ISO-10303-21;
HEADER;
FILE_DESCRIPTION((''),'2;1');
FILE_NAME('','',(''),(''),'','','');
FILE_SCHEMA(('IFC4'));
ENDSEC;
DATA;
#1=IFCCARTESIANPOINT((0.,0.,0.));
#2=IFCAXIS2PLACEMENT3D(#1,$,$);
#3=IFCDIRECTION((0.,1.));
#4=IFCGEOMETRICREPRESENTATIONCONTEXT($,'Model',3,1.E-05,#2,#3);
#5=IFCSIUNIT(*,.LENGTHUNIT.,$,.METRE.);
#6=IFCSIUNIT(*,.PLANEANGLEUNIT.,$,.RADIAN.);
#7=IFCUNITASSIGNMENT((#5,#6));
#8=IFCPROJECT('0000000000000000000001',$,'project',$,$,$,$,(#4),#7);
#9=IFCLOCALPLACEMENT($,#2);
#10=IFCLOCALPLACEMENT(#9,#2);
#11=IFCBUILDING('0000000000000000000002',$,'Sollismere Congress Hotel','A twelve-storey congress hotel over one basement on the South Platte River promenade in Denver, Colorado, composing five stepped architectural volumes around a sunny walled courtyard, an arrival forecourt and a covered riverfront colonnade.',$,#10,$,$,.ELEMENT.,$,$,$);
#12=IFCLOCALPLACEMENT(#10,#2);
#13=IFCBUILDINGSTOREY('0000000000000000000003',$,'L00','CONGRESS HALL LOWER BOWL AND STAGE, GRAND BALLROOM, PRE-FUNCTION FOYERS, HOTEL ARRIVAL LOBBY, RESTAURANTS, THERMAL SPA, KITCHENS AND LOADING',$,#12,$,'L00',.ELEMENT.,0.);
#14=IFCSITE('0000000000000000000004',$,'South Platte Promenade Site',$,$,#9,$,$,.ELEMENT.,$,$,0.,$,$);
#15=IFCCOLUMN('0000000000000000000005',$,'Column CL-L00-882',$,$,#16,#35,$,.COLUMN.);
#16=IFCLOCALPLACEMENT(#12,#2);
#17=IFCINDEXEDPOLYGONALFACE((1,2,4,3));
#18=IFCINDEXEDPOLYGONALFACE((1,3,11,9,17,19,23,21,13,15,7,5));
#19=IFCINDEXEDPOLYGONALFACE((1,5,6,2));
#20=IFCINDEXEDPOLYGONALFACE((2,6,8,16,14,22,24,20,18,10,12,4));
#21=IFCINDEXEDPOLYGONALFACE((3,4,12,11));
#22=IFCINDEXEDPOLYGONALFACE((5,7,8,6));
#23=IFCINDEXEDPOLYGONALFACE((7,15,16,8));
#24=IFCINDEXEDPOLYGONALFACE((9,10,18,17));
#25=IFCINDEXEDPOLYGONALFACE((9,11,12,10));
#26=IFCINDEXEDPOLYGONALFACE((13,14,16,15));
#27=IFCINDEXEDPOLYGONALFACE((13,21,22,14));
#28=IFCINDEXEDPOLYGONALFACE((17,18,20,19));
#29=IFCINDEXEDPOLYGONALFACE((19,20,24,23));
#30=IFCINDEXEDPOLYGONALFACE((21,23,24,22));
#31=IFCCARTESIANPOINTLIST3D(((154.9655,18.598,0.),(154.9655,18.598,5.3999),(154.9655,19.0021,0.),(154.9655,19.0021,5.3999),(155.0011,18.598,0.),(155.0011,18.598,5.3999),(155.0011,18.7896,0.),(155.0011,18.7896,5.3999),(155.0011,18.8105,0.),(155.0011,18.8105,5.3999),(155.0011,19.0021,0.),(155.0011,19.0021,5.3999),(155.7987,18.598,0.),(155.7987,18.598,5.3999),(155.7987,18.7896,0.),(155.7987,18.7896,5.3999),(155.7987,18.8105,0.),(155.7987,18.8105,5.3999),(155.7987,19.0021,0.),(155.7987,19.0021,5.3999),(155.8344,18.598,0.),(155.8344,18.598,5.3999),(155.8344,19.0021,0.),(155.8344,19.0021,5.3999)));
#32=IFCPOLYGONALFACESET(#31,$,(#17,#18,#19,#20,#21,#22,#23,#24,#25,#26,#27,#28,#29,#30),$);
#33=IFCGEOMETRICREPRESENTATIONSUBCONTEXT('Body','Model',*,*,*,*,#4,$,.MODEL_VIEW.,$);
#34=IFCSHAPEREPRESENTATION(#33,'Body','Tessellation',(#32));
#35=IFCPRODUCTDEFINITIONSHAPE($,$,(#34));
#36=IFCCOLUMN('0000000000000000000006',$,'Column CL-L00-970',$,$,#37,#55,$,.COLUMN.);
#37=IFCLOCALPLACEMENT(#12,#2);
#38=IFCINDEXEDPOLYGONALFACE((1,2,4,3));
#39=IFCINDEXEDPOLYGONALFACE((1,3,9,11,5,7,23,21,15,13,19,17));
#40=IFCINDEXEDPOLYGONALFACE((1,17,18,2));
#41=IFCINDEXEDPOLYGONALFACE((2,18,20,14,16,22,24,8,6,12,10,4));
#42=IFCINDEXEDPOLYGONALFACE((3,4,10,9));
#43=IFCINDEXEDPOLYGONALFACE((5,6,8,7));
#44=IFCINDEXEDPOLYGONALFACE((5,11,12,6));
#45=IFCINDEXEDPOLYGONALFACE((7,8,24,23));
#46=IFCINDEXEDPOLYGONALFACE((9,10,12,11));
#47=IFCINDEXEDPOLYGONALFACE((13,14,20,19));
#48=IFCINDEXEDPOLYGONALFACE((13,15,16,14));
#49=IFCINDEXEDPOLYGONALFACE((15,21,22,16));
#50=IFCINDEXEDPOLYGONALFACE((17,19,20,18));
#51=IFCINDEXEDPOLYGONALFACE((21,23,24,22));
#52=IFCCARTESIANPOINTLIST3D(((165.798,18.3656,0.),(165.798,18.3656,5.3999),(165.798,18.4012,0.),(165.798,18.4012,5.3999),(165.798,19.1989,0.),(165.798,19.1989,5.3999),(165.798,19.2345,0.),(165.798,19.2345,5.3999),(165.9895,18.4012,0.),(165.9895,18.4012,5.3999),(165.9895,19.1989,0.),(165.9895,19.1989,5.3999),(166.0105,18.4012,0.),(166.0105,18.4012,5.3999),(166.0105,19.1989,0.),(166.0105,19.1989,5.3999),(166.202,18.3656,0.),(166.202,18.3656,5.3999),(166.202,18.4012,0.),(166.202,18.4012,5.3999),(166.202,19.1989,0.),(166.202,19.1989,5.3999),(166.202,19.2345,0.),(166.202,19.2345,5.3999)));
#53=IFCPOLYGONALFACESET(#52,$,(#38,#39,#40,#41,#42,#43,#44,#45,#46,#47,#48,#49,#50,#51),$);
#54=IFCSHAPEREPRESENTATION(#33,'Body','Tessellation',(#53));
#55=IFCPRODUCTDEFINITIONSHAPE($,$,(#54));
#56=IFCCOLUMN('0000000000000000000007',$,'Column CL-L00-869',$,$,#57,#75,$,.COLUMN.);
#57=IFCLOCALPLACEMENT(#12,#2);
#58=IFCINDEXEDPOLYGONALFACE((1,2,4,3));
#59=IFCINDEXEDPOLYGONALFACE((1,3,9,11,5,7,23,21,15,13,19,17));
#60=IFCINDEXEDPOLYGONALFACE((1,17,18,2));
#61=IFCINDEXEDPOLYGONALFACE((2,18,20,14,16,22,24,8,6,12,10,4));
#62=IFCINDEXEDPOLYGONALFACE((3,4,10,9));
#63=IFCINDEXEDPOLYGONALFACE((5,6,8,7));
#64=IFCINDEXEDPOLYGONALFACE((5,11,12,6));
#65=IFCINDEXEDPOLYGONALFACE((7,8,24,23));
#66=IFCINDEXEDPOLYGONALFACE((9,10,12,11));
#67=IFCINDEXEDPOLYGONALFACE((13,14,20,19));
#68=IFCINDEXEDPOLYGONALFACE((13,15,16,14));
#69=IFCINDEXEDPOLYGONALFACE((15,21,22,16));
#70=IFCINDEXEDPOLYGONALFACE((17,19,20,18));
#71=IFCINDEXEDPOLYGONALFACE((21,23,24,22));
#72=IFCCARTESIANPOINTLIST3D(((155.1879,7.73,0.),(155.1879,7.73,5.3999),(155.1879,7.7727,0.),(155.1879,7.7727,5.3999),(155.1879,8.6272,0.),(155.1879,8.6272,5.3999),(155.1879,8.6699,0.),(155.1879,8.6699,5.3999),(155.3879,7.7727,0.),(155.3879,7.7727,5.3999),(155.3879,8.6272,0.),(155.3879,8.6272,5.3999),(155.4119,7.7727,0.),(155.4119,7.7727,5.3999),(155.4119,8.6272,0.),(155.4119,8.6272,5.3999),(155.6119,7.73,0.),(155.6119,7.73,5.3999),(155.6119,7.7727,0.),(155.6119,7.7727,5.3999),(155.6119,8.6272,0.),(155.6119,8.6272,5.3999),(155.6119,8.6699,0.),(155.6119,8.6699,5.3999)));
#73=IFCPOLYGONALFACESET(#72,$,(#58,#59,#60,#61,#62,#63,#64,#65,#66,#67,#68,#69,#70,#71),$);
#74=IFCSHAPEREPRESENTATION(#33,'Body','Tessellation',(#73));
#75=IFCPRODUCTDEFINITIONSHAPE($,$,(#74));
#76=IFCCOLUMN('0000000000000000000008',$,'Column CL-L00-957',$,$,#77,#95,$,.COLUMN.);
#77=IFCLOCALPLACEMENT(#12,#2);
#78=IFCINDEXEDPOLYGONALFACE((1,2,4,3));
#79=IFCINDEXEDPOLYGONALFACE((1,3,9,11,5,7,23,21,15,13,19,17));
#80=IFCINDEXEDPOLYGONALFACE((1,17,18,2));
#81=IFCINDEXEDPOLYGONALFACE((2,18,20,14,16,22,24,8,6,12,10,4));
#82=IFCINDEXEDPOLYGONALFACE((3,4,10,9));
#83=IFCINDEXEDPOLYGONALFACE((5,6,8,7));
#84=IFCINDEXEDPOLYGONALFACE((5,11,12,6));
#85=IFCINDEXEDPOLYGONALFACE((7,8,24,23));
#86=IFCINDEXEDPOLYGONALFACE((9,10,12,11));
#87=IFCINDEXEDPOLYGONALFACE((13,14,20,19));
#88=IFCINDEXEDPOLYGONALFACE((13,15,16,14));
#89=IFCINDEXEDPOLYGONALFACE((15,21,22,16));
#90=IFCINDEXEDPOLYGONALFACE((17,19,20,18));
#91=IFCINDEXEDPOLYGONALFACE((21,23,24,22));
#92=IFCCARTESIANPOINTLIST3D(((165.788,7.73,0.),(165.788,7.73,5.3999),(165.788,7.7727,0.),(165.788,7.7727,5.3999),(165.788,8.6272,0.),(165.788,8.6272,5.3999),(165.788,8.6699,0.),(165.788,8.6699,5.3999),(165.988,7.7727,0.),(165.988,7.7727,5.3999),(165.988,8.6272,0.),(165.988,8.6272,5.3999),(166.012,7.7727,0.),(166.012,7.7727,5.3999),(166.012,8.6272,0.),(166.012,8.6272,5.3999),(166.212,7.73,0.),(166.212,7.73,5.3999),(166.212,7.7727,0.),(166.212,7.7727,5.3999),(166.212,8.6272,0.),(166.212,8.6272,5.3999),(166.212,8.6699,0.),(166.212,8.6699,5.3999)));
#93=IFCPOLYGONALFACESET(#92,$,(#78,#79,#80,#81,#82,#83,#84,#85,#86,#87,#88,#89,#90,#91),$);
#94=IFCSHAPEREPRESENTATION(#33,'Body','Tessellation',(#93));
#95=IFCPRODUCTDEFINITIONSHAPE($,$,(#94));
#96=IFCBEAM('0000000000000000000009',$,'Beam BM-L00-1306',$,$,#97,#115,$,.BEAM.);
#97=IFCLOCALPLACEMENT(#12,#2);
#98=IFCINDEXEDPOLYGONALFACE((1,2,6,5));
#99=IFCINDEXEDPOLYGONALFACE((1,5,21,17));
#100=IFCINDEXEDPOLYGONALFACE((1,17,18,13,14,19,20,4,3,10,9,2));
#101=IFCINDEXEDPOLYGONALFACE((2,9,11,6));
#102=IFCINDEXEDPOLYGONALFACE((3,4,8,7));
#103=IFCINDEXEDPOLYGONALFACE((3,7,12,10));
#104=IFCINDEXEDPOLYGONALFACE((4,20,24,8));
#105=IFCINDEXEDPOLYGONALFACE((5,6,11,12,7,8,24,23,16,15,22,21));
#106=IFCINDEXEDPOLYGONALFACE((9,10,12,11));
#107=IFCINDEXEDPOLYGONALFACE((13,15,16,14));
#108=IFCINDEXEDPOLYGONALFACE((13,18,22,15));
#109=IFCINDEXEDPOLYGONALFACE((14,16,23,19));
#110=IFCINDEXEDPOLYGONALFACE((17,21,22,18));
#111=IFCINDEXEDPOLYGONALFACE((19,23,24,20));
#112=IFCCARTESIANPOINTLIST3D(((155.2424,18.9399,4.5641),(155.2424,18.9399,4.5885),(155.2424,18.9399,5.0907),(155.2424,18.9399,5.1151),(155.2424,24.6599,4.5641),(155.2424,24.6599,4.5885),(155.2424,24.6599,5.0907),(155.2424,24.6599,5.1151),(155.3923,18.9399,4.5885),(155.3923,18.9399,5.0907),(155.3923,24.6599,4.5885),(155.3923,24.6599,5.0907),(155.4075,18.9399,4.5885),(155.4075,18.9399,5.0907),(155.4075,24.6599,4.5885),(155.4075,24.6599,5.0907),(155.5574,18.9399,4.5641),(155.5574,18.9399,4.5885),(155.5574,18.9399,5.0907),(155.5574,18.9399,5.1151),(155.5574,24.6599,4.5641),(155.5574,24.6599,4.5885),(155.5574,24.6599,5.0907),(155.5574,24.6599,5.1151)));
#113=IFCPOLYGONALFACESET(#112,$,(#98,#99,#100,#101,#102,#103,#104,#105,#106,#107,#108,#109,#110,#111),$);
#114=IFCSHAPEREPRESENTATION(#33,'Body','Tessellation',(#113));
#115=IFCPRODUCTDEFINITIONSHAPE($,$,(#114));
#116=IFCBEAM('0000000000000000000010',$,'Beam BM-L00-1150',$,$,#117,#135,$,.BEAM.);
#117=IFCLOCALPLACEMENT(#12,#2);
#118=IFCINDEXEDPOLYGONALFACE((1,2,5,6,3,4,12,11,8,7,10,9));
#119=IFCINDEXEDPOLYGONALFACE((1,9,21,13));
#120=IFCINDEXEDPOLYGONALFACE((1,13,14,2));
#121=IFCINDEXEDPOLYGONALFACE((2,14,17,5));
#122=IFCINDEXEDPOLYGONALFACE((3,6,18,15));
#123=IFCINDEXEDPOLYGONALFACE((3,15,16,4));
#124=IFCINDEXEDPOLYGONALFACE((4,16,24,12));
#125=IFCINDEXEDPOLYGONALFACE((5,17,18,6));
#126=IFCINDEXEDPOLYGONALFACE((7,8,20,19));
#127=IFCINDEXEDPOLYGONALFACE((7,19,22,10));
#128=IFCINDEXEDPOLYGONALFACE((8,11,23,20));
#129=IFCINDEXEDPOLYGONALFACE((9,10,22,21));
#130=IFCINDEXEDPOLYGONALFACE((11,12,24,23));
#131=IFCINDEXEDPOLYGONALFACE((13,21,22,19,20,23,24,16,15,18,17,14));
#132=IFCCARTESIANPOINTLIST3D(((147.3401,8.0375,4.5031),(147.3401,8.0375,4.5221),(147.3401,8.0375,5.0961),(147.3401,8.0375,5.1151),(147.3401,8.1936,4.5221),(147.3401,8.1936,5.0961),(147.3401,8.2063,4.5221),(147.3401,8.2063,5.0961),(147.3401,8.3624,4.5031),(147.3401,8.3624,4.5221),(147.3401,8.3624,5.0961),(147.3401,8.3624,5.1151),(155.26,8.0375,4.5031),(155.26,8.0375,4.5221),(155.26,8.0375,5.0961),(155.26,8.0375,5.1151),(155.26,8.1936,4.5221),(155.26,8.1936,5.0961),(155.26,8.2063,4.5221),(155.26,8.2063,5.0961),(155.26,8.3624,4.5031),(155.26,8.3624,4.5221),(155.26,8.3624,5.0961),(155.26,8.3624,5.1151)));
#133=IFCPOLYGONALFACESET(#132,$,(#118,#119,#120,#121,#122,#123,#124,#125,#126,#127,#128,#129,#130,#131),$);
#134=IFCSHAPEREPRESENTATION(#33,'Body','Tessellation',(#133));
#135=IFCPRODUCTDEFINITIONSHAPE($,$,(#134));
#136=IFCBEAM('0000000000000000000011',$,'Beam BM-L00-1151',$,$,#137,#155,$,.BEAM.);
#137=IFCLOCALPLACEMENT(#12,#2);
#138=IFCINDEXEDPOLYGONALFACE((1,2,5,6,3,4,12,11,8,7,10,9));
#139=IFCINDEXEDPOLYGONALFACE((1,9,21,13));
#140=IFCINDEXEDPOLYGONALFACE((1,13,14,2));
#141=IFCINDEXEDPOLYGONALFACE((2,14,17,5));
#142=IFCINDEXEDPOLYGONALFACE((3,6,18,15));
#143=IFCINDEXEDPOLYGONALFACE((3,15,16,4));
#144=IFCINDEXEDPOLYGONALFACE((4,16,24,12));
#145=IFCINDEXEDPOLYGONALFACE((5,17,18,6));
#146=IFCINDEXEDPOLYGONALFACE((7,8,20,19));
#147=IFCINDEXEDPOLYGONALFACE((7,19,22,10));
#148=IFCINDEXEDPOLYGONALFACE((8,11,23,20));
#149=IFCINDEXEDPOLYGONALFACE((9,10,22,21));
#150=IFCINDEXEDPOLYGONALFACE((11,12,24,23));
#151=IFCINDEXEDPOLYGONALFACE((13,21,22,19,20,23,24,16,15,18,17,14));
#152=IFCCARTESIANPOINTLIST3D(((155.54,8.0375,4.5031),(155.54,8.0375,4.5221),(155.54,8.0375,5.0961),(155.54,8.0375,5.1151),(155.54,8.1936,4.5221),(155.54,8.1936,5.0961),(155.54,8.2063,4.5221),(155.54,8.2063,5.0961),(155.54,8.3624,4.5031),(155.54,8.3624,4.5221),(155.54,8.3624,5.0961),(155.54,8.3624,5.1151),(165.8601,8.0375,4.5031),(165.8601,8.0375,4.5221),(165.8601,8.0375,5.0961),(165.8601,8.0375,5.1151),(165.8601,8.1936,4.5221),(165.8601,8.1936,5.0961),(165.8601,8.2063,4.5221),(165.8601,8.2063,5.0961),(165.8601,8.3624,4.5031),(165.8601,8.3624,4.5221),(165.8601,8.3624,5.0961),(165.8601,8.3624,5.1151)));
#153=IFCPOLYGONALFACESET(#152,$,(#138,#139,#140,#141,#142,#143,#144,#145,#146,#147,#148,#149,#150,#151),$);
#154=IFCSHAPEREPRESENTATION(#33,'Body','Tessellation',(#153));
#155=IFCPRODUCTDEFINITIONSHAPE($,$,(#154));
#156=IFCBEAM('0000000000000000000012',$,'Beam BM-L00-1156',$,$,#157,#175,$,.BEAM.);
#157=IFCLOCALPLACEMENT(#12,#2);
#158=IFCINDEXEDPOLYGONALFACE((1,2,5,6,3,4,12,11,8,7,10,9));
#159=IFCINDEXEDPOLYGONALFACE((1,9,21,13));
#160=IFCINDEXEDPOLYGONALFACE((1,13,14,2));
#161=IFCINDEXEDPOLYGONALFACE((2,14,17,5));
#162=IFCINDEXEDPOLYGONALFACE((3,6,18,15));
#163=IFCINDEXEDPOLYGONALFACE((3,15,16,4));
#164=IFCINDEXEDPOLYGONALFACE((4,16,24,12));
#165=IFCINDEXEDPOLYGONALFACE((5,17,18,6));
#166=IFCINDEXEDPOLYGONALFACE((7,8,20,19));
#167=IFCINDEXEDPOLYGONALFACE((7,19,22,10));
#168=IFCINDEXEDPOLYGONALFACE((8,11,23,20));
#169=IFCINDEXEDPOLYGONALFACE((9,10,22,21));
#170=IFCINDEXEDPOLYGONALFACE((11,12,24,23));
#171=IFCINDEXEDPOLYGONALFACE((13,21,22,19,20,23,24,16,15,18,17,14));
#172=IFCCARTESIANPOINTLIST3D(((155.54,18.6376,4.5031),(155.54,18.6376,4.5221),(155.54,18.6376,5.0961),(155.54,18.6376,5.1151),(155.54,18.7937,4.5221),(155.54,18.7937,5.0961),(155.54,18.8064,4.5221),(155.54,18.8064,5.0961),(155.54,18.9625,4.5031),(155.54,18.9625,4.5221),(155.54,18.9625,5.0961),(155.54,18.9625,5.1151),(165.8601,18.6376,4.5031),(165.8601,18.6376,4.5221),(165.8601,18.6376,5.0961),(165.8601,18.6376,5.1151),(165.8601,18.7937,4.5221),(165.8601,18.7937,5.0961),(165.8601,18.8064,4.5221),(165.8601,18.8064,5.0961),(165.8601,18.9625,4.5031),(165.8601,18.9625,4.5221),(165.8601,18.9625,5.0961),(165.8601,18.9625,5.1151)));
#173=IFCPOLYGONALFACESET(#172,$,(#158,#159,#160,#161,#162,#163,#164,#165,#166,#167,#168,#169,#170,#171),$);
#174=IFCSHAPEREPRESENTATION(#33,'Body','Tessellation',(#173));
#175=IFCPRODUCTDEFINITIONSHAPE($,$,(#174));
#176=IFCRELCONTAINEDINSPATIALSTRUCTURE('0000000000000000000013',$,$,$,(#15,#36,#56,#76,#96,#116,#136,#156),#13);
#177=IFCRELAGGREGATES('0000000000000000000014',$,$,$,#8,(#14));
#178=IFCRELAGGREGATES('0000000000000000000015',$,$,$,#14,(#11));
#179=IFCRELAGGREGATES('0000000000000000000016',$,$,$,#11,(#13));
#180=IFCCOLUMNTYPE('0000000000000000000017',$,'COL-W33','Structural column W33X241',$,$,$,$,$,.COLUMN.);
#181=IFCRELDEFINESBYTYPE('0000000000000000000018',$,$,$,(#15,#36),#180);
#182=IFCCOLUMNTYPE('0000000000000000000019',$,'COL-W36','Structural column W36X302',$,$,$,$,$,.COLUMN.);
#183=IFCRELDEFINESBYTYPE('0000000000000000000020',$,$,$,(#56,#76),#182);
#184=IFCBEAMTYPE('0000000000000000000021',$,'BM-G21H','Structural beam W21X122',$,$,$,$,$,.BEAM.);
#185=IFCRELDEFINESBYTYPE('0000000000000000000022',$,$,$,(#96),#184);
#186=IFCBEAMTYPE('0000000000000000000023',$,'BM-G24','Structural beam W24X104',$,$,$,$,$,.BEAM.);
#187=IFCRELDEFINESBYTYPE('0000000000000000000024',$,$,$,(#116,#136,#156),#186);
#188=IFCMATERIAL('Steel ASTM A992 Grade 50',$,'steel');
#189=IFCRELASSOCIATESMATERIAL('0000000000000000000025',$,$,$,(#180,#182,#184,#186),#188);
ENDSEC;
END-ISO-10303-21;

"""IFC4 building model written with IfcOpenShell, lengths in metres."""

from ifc_helpers import new_model, si_unit, direction, frame, origin, origin_2d, place, context, subcontext, project, spatial, i_section, extrude, material, material_profile, profile_set, type_object, element, save


model = new_model("IFC4")

# Units and contexts
model_context = context("Model", 3, precision=1e-05, world=origin(), true_north=direction((0.0, 1.0)))
body_context = subcontext(model_context, "Body", "Model", "MODEL_VIEW")
ifc_project = project(units=[si_unit("LENGTHUNIT", "METRE"), si_unit("PLANEANGLEUNIT", "RADIAN")], contexts=[model_context])

# Site, building, storey
site_placement = place(None, origin())
site = spatial("IfcSite", under=ifc_project, at=site_placement, Name="South Platte Promenade Site", CompositionType="ELEMENT", RefElevation=0.0)
building_placement = place(site_placement, origin())
building = spatial("IfcBuilding", under=site, at=building_placement, Name="Sollismere Congress Hotel", Description="A twelve-storey congress hotel over one basement on the South Platte River promenade in Denver, Colorado, composing five stepped architectural volumes around a sunny walled courtyard, an arrival forecourt and a covered riverfront colonnade.", CompositionType="ELEMENT")
storey_placement = place(building_placement, origin())
storey = spatial("IfcBuildingStorey", under=building, at=storey_placement, Name="L00", Description="CONGRESS HALL LOWER BOWL AND STAGE, GRAND BALLROOM, PRE-FUNCTION FOYERS, HOTEL ARRIVAL LOBBY, RESTAURANTS, THERMAL SPA, KITCHENS AND LOADING", LongName="L00", CompositionType="ELEMENT", Elevation=0.0)

# Columns
ifc_material_1 = material(Name="Steel ASTM A992 Grade 50", Category="steel")
ifc_material_profile_1 = material_profile(ifc_material_1, i_section(OverallWidth=0.4041, OverallDepth=0.8689, WebThickness=0.021, FlangeThickness=0.0356, at=origin_2d()), Name="W33X241")
ifc_profile_set_1 = profile_set([ifc_material_profile_1], Name="Steel ASTM A992 Grade 50")
column_type_1 = type_object("IfcColumnType", Name="COL-W33", Description="Structural column W33X241", PredefinedType="COLUMN", material=ifc_profile_set_1)
for number, where, z_axis, x_axis, name in (
    (1, (155.3999, 18.8, 0.0), (0.0, 0.0, 1.0), (0.0, 1.0, 0.0), "Column CL-L00-882"),
    (2, (166.0, 18.8, 0.0), (0.0, 0.0, 1.0), (1.0, 0.0, 0.0), "Column CL-L00-970"),
):
    element("IfcColumn", number, at=place(storey_placement, frame(where, z_axis=z_axis, x_axis=x_axis)), inside=storey, type_object=column_type_1, Name=name, PredefinedType="COLUMN", context=body_context, shape_type="SweptSolid", body=[
        extrude(i_section(OverallWidth=0.4041, OverallDepth=0.8689, WebThickness=0.021, FlangeThickness=0.0356, at=origin_2d()), origin(), (0.0, 0.0, 1.0), 5.3999),
    ])
ifc_material_profile_2 = material_profile(ifc_material_1, i_section(OverallWidth=0.4241, OverallDepth=0.9399, WebThickness=0.0239, FlangeThickness=0.0427, at=origin_2d()), Name="W36X302")
ifc_profile_set_2 = profile_set([ifc_material_profile_2], Name="Steel ASTM A992 Grade 50")
column_type_2 = type_object("IfcColumnType", Name="COL-W36", Description="Structural column W36X302", PredefinedType="COLUMN", material=ifc_profile_set_2)
for number, where, z_axis, x_axis, name in (
    (3, (155.3999, 8.2, 0.0), (0.0, 0.0, 1.0), (1.0, 0.0, 0.0), "Column CL-L00-869"),
    (4, (166.0, 8.2, 0.0), (0.0, 0.0, 1.0), (1.0, 0.0, 0.0), "Column CL-L00-957"),
):
    element("IfcColumn", number, at=place(storey_placement, frame(where, z_axis=z_axis, x_axis=x_axis)), inside=storey, type_object=column_type_2, Name=name, PredefinedType="COLUMN", context=body_context, shape_type="SweptSolid", body=[
        extrude(i_section(OverallWidth=0.4241, OverallDepth=0.9399, WebThickness=0.0239, FlangeThickness=0.0427, at=origin_2d()), origin(), (0.0, 0.0, 1.0), 5.3999),
    ])

# Beams
ifc_material_profile_3 = material_profile(ifc_material_1, i_section(OverallWidth=0.3149, OverallDepth=0.551, WebThickness=0.0151, FlangeThickness=0.0244, at=origin_2d()), Name="W21X122")
ifc_profile_set_3 = profile_set([ifc_material_profile_3], Name="Steel ASTM A992 Grade 50")
beam_type_1 = type_object("IfcBeamType", Name="BM-G21H", Description="Structural beam W21X122", PredefinedType="BEAM", material=ifc_profile_set_3)
beam_1_placement = place(storey_placement, frame((155.3999, 18.9399, 4.8396), z_axis=(0.0, 1.0, 0.0), x_axis=(-1.0, 0.0, 0.0)))
element("IfcBeam", 5, at=beam_1_placement, inside=storey, type_object=beam_type_1, Name="Beam BM-L00-1306", PredefinedType="BEAM", context=body_context, shape_type="SweptSolid", body=[
    extrude(i_section(OverallWidth=0.3149, OverallDepth=0.551, WebThickness=0.0151, FlangeThickness=0.0244, at=origin_2d()), origin(), (0.0, 0.0, 1.0), 5.72),
])
ifc_material_profile_4 = material_profile(ifc_material_1, i_section(OverallWidth=0.325, OverallDepth=0.6121, WebThickness=0.0127, FlangeThickness=0.019, at=origin_2d()), Name="W24X104")
ifc_profile_set_4 = profile_set([ifc_material_profile_4], Name="Steel ASTM A992 Grade 50")
beam_type_2 = type_object("IfcBeamType", Name="BM-G24", Description="Structural beam W24X104", PredefinedType="BEAM", material=ifc_profile_set_4)
beam_2_placement = place(storey_placement, frame((147.3401, 8.2, 4.8091), z_axis=(1.0, 0.0, 0.0), x_axis=(0.0, 1.0, 0.0)))
element("IfcBeam", 6, at=beam_2_placement, inside=storey, type_object=beam_type_2, Name="Beam BM-L00-1150", PredefinedType="BEAM", context=body_context, shape_type="SweptSolid", body=[
    extrude(i_section(OverallWidth=0.325, OverallDepth=0.6121, WebThickness=0.0127, FlangeThickness=0.019, at=origin_2d()), origin(), (0.0, 0.0, 1.0), 7.9199),
])
for number, where, z_axis, x_axis, name in (
    (7, (155.54, 8.2, 4.8091), (1.0, 0.0, 0.0), (0.0, 1.0, 0.0), "Beam BM-L00-1151"),
    (8, (155.54, 18.8, 4.8091), (1.0, 0.0, 0.0), (0.0, 1.0, 0.0), "Beam BM-L00-1156"),
):
    element("IfcBeam", number, at=place(storey_placement, frame(where, z_axis=z_axis, x_axis=x_axis)), inside=storey, type_object=beam_type_2, Name=name, PredefinedType="BEAM", context=body_context, shape_type="SweptSolid", body=[
        extrude(i_section(OverallWidth=0.325, OverallDepth=0.6121, WebThickness=0.0127, FlangeThickness=0.019, at=origin_2d()), origin(), (0.0, 0.0, 1.0), 10.3201),
    ])

save(model, "model.ifc")
